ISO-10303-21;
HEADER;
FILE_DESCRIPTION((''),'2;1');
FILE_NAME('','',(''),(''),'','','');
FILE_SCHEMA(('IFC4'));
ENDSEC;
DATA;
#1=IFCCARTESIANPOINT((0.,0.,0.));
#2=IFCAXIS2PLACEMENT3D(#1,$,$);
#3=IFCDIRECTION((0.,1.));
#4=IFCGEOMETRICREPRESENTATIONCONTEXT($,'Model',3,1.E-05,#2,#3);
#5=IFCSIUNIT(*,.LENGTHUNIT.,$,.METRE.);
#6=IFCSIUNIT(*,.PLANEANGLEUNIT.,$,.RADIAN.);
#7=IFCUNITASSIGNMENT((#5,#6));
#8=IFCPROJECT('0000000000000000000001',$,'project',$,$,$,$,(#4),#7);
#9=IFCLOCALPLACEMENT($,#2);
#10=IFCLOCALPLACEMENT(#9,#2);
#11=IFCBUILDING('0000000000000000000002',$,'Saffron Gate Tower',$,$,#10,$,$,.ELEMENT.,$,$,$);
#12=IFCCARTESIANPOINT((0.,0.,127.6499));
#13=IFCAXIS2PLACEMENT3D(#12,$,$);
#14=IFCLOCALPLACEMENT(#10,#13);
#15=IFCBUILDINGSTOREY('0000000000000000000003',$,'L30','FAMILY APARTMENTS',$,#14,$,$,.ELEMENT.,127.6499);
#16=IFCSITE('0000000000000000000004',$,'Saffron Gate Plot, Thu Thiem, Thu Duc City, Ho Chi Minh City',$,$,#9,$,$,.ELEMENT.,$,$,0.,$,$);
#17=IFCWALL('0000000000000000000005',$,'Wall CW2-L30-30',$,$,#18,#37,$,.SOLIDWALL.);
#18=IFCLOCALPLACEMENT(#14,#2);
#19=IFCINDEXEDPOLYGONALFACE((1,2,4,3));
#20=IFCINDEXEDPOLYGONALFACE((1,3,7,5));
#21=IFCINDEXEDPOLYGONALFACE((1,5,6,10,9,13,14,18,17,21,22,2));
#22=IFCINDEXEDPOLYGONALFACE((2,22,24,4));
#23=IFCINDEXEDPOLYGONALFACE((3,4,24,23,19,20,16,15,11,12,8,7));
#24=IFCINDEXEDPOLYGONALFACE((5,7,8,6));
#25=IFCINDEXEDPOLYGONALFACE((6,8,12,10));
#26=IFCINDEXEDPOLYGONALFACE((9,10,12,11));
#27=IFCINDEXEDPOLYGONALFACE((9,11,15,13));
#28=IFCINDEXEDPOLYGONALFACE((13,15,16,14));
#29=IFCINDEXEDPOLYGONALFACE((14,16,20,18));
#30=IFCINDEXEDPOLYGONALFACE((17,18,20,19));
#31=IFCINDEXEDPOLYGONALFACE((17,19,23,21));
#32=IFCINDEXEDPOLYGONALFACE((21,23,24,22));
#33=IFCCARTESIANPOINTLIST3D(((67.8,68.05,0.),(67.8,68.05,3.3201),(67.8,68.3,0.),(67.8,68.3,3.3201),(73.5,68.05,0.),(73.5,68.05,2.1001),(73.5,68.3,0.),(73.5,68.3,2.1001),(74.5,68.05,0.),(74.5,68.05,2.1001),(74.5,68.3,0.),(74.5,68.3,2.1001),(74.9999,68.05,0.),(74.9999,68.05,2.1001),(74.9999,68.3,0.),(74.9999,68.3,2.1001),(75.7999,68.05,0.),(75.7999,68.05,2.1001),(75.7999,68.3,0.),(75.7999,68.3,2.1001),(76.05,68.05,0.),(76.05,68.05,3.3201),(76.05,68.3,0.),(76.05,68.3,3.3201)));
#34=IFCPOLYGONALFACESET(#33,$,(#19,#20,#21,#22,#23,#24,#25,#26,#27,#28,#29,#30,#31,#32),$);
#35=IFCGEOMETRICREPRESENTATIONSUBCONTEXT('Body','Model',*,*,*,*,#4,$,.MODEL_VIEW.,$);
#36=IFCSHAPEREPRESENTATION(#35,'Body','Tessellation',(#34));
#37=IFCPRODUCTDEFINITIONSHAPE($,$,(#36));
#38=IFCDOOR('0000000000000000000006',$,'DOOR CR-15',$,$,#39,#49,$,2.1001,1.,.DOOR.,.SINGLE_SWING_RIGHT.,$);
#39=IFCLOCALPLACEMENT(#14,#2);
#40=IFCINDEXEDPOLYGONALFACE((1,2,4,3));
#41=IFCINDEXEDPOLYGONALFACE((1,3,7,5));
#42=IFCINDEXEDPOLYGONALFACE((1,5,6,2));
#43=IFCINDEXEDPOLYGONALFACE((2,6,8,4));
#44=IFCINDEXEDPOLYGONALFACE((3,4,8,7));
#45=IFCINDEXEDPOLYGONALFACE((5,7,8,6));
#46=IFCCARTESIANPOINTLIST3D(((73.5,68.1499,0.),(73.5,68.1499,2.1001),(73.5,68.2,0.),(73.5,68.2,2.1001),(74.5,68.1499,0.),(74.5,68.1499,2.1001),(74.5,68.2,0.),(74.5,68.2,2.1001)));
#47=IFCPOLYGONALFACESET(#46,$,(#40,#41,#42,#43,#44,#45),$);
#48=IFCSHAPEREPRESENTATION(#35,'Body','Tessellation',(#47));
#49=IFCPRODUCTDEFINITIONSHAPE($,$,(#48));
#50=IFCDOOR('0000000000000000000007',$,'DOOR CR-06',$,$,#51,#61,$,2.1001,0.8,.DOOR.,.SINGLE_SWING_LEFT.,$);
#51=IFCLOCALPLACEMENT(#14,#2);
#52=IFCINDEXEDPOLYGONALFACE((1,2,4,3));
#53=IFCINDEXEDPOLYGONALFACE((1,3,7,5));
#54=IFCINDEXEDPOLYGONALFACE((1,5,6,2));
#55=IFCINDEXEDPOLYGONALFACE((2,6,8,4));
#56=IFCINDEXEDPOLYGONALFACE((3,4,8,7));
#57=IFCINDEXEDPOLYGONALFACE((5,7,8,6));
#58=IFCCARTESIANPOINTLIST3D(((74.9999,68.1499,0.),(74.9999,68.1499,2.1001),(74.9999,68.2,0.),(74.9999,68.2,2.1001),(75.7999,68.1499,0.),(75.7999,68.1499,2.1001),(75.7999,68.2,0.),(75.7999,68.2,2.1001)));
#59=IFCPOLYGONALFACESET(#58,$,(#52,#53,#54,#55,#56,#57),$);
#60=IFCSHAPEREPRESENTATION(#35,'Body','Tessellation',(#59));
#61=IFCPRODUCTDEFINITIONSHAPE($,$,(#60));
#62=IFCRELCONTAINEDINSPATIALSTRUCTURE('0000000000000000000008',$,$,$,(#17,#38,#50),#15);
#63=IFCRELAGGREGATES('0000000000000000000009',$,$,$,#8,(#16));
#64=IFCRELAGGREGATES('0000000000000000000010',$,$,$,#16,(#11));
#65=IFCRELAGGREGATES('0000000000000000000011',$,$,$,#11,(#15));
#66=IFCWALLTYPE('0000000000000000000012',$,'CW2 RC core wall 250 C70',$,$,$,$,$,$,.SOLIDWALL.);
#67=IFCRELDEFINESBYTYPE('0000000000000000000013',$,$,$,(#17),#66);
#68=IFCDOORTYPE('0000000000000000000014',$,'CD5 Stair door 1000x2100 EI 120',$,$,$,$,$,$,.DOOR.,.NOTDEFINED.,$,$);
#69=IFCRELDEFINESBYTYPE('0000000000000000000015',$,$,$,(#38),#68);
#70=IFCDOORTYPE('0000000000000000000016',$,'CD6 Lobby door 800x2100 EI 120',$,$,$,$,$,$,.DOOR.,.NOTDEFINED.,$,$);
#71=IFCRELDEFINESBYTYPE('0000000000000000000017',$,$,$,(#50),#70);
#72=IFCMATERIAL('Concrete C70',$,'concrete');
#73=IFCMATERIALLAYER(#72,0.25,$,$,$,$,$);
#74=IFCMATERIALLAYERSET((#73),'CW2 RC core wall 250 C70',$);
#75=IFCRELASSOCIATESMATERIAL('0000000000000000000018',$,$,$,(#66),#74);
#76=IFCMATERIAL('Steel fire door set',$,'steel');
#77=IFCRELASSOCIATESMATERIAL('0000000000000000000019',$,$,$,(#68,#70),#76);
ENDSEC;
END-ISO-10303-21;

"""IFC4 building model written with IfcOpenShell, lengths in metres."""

from ifc_helpers import new_model, si_unit, direction, frame, frame_2d, origin, place, context, subcontext, project, spatial, rectangle, extrude, material, layer, layer_set, type_object, element, fill, save


model = new_model("IFC4")

# Units and contexts
model_context = context("Model", 3, precision=1e-05, world=origin(), true_north=direction((0.0, 1.0)))
body_context = subcontext(model_context, "Body", "Model", "MODEL_VIEW")
ifc_project = project(units=[si_unit("LENGTHUNIT", "METRE"), si_unit("PLANEANGLEUNIT", "RADIAN")], contexts=[model_context])

# Site, building, storey
site_placement = place(None, origin())
site = spatial("IfcSite", under=ifc_project, at=site_placement, Name="Saffron Gate Plot, Thu Thiem, Thu Duc City, Ho Chi Minh City", CompositionType="ELEMENT", RefElevation=0.0)
building_placement = place(site_placement, origin())
building = spatial("IfcBuilding", under=site, at=building_placement, Name="Saffron Gate Tower", CompositionType="ELEMENT")
storey_placement = place(building_placement, frame((0.0, 0.0, 127.6499)))
storey = spatial("IfcBuildingStorey", under=building, at=storey_placement, Name="L30", Description="FAMILY APARTMENTS", CompositionType="ELEMENT", Elevation=127.6499)

# Shared definitions
ifc_material_1 = material(Name="Concrete C70", Category="concrete")

# Wall, openings, doors
ifc_layer_1 = layer(ifc_material_1, 0.25)
ifc_layer_set_1 = layer_set([ifc_layer_1], Name="CW2 RC core wall 250 C70")
wall_type_1 = type_object("IfcWallType", Name="CW2 RC core wall 250 C70", PredefinedType="SOLIDWALL", material=ifc_layer_set_1)
wall_1_placement = place(storey_placement, frame((67.8, 68.175, 0.0), z_axis=(0.0, 0.0, 1.0), x_axis=(1.0, 0.0, 0.0)))
wall_1 = element("IfcWall", 1, at=wall_1_placement, inside=storey, type_object=wall_type_1, Name="Wall CW2-L30-30", PredefinedType="SOLIDWALL", context=body_context, shape_type="SweptSolid", body=[
    extrude(rectangle(XDim=8.25, YDim=0.25, at=frame_2d((4.125, 0.0))), origin(), (0.0, 0.0, 1.0), 3.3201),
])
opening_1_placement = place(wall_1_placement, frame((5.7, 0.0, 0.0)))
opening_1 = element("IfcOpeningElement", 2, at=opening_1_placement, cuts=wall_1, PredefinedType="OPENING", context=body_context, shape_type="SweptSolid", body=[
    extrude(rectangle(XDim=1.0, YDim=2.1001, at=frame_2d((0.5, 1.05))), frame((0.0, 0.135, 0.0), z_axis=(0.0, -1.0, 0.0), x_axis=(1.0, 0.0, 0.0)), (0.0, 0.0, 1.0), 0.27),
])
opening_2_placement = place(wall_1_placement, frame((7.2, 0.0, 0.0)))
opening_2 = element("IfcOpeningElement", 3, at=opening_2_placement, cuts=wall_1, PredefinedType="OPENING", context=body_context, shape_type="SweptSolid", body=[
    extrude(rectangle(XDim=0.8, YDim=2.1001, at=frame_2d((0.3999, 1.05))), frame((0.0, 0.135, 0.0), z_axis=(0.0, -1.0, 0.0), x_axis=(1.0, 0.0, 0.0)), (0.0, 0.0, 1.0), 0.27),
])
ifc_material_2 = material(Name="Steel fire door set", Category="steel")
door_type_1 = type_object("IfcDoorType", Name="CD5 Stair door 1000x2100 EI 120", OperationType="NOTDEFINED", PredefinedType="DOOR", material=ifc_material_2)
door_1_placement = place(opening_1_placement, origin())
door_1 = element("IfcDoor", 4, at=door_1_placement, inside=storey, type_object=door_type_1, Name="DOOR CR-15", OperationType="SINGLE_SWING_RIGHT", OverallHeight=2.1001, OverallWidth=1.0, PredefinedType="DOOR", context=body_context, shape_type="SweptSolid", body=[
    extrude(rectangle(XDim=1.0, YDim=2.1001, at=frame_2d((0.5, 1.05))), frame((0.0, 0.0249, 0.0), z_axis=(0.0, -1.0, 0.0), x_axis=(1.0, 0.0, 0.0)), (0.0, 0.0, 1.0), 0.05),
])
fill(opening_1, door_1)
door_type_2 = type_object("IfcDoorType", Name="CD6 Lobby door 800x2100 EI 120", OperationType="NOTDEFINED", PredefinedType="DOOR", material=ifc_material_2)
door_2_placement = place(opening_2_placement, origin())
door_2 = element("IfcDoor", 5, at=door_2_placement, inside=storey, type_object=door_type_2, Name="DOOR CR-06", OperationType="SINGLE_SWING_LEFT", OverallHeight=2.1001, OverallWidth=0.8, PredefinedType="DOOR", context=body_context, shape_type="SweptSolid", body=[
    extrude(rectangle(XDim=0.8, YDim=2.1001, at=frame_2d((0.3999, 1.05))), frame((0.0, 0.0249, 0.0), z_axis=(0.0, -1.0, 0.0), x_axis=(1.0, 0.0, 0.0)), (0.0, 0.0, 1.0), 0.05),
])
fill(opening_2, door_2)

save(model, "model.ifc")
